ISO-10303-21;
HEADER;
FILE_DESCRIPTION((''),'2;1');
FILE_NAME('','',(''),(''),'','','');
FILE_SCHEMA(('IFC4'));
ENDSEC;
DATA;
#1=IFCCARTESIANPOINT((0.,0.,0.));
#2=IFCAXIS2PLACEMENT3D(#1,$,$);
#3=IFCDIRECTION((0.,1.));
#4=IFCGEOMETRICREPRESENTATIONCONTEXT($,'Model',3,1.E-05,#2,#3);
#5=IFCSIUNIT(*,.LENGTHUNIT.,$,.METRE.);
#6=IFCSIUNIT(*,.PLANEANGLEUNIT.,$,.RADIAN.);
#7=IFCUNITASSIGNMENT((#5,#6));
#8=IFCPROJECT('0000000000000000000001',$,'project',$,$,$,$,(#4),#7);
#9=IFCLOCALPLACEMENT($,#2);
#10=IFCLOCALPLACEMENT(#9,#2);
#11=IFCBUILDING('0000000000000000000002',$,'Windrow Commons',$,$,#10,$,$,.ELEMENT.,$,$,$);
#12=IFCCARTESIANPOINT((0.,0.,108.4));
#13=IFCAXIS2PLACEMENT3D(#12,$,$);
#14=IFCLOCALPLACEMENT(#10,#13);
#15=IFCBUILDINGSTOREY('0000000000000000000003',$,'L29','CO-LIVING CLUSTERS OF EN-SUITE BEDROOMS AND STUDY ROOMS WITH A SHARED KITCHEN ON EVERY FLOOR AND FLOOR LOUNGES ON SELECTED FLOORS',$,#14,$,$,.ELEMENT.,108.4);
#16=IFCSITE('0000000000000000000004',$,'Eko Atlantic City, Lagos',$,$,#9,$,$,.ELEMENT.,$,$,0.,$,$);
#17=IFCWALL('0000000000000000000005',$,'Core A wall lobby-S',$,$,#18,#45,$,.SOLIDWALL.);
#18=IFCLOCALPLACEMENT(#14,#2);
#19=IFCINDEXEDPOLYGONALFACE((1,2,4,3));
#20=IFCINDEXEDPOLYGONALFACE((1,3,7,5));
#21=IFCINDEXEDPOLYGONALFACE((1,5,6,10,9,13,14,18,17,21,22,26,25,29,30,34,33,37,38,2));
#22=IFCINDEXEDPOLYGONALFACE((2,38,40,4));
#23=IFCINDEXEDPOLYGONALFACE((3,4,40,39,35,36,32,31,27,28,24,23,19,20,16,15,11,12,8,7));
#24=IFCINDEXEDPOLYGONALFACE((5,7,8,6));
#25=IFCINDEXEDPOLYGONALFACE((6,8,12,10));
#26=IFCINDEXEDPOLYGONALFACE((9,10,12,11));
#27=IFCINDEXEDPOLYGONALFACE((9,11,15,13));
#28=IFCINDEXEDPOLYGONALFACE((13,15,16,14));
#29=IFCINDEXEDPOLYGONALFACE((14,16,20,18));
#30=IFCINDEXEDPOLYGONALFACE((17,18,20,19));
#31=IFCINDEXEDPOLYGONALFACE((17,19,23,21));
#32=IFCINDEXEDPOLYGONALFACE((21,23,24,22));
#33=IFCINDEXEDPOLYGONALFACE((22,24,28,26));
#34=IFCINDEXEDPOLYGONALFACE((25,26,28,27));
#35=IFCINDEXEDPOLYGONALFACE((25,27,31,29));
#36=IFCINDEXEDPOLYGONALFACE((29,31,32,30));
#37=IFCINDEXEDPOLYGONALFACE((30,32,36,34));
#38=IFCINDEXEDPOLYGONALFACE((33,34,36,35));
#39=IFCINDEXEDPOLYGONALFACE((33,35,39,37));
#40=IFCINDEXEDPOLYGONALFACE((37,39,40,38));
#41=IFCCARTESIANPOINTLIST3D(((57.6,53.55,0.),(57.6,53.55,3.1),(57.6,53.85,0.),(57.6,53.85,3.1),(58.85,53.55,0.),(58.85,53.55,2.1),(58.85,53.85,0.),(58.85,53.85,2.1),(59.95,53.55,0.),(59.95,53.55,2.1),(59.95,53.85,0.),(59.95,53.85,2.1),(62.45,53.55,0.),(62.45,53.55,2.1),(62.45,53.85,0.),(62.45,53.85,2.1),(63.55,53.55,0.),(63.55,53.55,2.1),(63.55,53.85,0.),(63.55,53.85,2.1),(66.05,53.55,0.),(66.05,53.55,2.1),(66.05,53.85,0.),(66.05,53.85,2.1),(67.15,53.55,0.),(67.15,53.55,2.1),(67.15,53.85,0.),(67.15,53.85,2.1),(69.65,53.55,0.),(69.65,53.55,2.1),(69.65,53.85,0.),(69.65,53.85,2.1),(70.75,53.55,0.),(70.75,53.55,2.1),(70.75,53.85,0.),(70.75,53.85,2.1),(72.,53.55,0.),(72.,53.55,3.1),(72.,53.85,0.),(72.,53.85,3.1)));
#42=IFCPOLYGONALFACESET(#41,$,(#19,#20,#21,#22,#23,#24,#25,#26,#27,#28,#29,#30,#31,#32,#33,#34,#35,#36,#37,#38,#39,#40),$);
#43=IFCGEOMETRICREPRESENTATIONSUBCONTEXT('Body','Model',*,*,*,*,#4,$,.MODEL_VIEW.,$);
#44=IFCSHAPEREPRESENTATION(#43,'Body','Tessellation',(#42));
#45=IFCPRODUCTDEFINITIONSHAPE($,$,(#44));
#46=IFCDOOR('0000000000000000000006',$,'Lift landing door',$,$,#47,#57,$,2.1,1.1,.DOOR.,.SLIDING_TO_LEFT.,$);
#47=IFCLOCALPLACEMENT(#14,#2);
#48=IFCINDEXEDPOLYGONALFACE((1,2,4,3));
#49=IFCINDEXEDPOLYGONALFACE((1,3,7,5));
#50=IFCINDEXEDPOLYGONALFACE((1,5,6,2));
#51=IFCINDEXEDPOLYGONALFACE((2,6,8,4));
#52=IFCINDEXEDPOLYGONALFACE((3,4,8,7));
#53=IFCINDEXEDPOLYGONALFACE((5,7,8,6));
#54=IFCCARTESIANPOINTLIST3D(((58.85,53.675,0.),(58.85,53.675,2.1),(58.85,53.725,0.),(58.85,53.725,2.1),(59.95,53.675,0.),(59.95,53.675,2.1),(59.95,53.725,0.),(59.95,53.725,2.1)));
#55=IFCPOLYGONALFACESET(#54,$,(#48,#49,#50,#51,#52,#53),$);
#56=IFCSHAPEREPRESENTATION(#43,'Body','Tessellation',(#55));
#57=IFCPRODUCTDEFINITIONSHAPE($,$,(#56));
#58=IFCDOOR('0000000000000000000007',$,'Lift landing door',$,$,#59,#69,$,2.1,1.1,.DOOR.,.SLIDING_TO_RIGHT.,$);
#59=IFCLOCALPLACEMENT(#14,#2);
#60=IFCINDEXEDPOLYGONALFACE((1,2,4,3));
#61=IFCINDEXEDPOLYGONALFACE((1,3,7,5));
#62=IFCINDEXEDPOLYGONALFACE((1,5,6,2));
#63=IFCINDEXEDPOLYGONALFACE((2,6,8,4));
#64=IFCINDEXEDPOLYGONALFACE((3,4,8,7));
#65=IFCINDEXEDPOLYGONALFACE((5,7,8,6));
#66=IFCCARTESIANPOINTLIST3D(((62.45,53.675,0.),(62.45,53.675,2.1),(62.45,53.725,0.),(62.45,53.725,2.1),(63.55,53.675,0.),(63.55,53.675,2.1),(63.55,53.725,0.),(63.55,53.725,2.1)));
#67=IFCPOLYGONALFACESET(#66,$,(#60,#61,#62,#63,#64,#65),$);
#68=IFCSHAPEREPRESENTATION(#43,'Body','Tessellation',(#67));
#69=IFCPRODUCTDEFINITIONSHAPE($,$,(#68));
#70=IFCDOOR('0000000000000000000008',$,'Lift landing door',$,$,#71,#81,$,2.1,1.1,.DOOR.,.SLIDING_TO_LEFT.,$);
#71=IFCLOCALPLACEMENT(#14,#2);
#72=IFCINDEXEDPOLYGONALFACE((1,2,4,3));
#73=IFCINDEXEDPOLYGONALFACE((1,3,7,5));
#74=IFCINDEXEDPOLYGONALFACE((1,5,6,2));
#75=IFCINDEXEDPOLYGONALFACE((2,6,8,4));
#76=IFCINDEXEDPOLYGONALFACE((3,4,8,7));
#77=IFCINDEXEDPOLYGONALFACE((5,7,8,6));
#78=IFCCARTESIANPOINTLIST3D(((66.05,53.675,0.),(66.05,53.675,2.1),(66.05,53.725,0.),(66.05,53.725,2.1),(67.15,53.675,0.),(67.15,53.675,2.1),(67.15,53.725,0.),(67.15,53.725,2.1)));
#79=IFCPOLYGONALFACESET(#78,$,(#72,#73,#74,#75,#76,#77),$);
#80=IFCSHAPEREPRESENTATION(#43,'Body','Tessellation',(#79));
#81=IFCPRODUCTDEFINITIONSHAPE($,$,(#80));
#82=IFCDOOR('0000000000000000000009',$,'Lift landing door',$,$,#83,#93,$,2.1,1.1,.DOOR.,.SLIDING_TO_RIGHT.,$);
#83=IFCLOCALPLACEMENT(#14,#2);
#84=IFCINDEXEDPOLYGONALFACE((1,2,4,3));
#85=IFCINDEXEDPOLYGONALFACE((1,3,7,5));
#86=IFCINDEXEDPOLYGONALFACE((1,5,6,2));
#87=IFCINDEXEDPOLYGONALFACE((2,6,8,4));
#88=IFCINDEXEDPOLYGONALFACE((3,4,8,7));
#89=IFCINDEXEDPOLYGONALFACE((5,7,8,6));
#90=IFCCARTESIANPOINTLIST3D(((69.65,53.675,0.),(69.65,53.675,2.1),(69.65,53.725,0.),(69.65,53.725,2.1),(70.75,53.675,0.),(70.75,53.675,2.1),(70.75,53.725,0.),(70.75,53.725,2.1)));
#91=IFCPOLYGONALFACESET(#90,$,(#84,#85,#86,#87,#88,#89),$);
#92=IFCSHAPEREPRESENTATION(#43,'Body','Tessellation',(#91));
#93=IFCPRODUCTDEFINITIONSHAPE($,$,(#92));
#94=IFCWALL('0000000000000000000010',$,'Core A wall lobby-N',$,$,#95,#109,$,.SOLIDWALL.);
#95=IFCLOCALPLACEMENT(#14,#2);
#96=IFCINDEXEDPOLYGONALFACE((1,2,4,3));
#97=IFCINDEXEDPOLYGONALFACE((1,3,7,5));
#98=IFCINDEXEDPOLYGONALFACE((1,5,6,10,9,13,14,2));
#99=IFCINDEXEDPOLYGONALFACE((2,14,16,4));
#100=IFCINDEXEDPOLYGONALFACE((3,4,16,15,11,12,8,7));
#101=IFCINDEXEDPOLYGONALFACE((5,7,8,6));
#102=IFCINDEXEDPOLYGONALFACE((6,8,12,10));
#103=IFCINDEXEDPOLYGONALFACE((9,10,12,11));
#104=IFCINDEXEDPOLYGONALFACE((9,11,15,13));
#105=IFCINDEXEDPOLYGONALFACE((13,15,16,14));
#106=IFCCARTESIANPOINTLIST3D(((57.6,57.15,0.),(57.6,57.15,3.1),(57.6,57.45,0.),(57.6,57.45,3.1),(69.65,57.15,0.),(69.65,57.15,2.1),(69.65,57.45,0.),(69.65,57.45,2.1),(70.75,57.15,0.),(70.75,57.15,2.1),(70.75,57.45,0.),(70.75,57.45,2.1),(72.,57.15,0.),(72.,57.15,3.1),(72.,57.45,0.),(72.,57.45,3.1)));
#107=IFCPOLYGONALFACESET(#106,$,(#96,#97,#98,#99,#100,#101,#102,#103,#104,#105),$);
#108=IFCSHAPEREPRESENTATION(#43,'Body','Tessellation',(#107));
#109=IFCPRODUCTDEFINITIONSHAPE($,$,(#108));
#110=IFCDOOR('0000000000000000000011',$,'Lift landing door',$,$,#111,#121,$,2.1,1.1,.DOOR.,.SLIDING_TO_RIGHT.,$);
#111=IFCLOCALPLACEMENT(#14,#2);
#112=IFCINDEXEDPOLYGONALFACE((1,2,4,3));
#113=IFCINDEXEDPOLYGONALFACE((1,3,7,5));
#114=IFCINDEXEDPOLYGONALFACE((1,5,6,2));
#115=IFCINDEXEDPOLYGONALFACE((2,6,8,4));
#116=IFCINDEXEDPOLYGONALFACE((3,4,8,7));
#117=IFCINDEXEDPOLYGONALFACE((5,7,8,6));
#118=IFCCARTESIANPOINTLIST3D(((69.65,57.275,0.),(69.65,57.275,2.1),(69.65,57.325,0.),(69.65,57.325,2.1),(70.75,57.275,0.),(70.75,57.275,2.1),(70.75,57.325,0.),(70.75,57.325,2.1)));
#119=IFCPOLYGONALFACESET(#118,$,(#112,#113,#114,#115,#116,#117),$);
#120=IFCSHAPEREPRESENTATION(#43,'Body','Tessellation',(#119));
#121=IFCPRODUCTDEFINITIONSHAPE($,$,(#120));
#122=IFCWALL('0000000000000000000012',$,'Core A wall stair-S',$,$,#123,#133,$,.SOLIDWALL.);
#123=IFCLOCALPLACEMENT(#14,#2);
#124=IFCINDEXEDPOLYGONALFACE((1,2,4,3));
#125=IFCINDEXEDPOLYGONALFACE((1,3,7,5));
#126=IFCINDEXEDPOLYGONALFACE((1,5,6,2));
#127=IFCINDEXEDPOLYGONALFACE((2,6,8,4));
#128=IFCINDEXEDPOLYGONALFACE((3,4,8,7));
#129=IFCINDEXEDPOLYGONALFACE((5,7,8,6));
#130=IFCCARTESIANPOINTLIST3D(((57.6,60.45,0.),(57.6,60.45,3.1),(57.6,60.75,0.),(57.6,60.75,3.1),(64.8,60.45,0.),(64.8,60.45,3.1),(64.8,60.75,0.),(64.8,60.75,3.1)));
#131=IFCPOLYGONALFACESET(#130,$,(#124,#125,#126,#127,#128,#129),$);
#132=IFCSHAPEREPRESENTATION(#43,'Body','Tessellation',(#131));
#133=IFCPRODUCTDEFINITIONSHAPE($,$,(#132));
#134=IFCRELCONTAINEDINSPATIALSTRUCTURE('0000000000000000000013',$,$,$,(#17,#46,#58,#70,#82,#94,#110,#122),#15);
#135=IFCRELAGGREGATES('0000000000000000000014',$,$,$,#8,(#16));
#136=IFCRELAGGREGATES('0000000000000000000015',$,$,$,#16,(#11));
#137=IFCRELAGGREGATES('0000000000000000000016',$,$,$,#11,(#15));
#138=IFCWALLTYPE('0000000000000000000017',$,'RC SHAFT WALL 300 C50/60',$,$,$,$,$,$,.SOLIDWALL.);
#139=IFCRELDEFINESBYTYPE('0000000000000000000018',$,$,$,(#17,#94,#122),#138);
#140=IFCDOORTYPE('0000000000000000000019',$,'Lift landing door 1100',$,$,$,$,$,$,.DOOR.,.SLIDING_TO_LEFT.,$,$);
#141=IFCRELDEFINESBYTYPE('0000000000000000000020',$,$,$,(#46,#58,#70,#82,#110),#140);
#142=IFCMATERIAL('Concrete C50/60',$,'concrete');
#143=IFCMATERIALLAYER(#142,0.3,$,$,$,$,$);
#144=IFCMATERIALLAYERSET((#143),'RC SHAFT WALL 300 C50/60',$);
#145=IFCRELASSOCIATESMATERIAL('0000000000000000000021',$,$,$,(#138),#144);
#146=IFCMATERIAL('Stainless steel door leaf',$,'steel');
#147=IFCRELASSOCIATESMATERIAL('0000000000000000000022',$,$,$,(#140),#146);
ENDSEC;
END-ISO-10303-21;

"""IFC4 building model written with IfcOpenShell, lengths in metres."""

from ifc_helpers import new_model, si_unit, direction, frame, frame_2d, origin, place, context, subcontext, project, spatial, rectangle, extrude, material, layer, layer_set, type_object, element, fill, save


model = new_model("IFC4")

# Units and contexts
model_context = context("Model", 3, precision=1e-05, world=origin(), true_north=direction((0.0, 1.0)))
body_context = subcontext(model_context, "Body", "Model", "MODEL_VIEW")
ifc_project = project(units=[si_unit("LENGTHUNIT", "METRE"), si_unit("PLANEANGLEUNIT", "RADIAN")], contexts=[model_context])

# Site, building, storey
site_placement = place(None, origin())
site = spatial("IfcSite", under=ifc_project, at=site_placement, Name="Eko Atlantic City, Lagos", CompositionType="ELEMENT", RefElevation=0.0)
building_placement = place(site_placement, origin())
building = spatial("IfcBuilding", under=site, at=building_placement, Name="Windrow Commons", CompositionType="ELEMENT")
storey_placement = place(building_placement, frame((0.0, 0.0, 108.4)))
storey = spatial("IfcBuildingStorey", under=building, at=storey_placement, Name="L29", Description="CO-LIVING CLUSTERS OF EN-SUITE BEDROOMS AND STUDY ROOMS WITH A SHARED KITCHEN ON EVERY FLOOR AND FLOOR LOUNGES ON SELECTED FLOORS", CompositionType="ELEMENT", Elevation=108.4)

# Wall, openings, doors
ifc_material_1 = material(Name="Concrete C50/60", Category="concrete")
ifc_layer_1 = layer(ifc_material_1, 0.3)
ifc_layer_set_1 = layer_set([ifc_layer_1], Name="RC SHAFT WALL 300 C50/60")
wall_type_1 = type_object("IfcWallType", Name="RC SHAFT WALL 300 C50/60", PredefinedType="SOLIDWALL", material=ifc_layer_set_1)
wall_1_placement = place(storey_placement, frame((57.6, 53.7, 0.0), z_axis=(0.0, 0.0, 1.0), x_axis=(1.0, 0.0, 0.0)))
wall_1 = element("IfcWall", 1, at=wall_1_placement, inside=storey, type_object=wall_type_1, Name="Core A wall lobby-S", PredefinedType="SOLIDWALL", context=body_context, shape_type="SweptSolid", body=[
    extrude(rectangle(XDim=14.4, YDim=0.3, at=frame_2d((7.2, 0.0))), origin(), (0.0, 0.0, 1.0), 3.1),
])
opening_1_placement = place(wall_1_placement, frame((1.25, 0.0, 0.0)))
opening_1 = element("IfcOpeningElement", 2, at=opening_1_placement, cuts=wall_1, PredefinedType="OPENING", context=body_context, shape_type="SweptSolid", body=[
    extrude(rectangle(XDim=1.1, YDim=2.1, at=frame_2d((0.55, 1.05))), frame((0.0, 0.16, 0.0), z_axis=(0.0, -1.0, 0.0), x_axis=(1.0, 0.0, 0.0)), (0.0, 0.0, 1.0), 0.32),
])
opening_2_placement = place(wall_1_placement, frame((4.85, 0.0, 0.0)))
opening_2 = element("IfcOpeningElement", 3, at=opening_2_placement, cuts=wall_1, PredefinedType="OPENING", context=body_context, shape_type="SweptSolid", body=[
    extrude(rectangle(XDim=1.1, YDim=2.1, at=frame_2d((0.55, 1.05))), frame((0.0, 0.16, 0.0), z_axis=(0.0, -1.0, 0.0), x_axis=(1.0, 0.0, 0.0)), (0.0, 0.0, 1.0), 0.32),
])
opening_3_placement = place(wall_1_placement, frame((8.45, 0.0, 0.0)))
opening_3 = element("IfcOpeningElement", 4, at=opening_3_placement, cuts=wall_1, PredefinedType="OPENING", context=body_context, shape_type="SweptSolid", body=[
    extrude(rectangle(XDim=1.1, YDim=2.1, at=frame_2d((0.55, 1.05))), frame((0.0, 0.16, 0.0), z_axis=(0.0, -1.0, 0.0), x_axis=(1.0, 0.0, 0.0)), (0.0, 0.0, 1.0), 0.32),
])
opening_4_placement = place(wall_1_placement, frame((12.05, 0.0, 0.0)))
opening_4 = element("IfcOpeningElement", 5, at=opening_4_placement, cuts=wall_1, PredefinedType="OPENING", context=body_context, shape_type="SweptSolid", body=[
    extrude(rectangle(XDim=1.1, YDim=2.1, at=frame_2d((0.55, 1.05))), frame((0.0, 0.16, 0.0), z_axis=(0.0, -1.0, 0.0), x_axis=(1.0, 0.0, 0.0)), (0.0, 0.0, 1.0), 0.32),
])
ifc_material_2 = material(Name="Stainless steel door leaf", Category="steel")
door_type_1 = type_object("IfcDoorType", Name="Lift landing door 1100", OperationType="SLIDING_TO_LEFT", PredefinedType="DOOR", material=ifc_material_2)
door_1_placement = place(opening_1_placement, origin())
door_1 = element("IfcDoor", 6, at=door_1_placement, inside=storey, type_object=door_type_1, Name="Lift landing door", OperationType="SLIDING_TO_LEFT", OverallHeight=2.1, OverallWidth=1.1, PredefinedType="DOOR", context=body_context, shape_type="SweptSolid", body=[
    extrude(rectangle(XDim=1.1, YDim=2.1, at=frame_2d((0.55, 1.05))), frame((0.0, 0.025, 0.0), z_axis=(0.0, -1.0, 0.0), x_axis=(1.0, 0.0, 0.0)), (0.0, 0.0, 1.0), 0.05),
])
fill(opening_1, door_1)
door_2_placement = place(opening_2_placement, origin())
door_2 = element("IfcDoor", 7, at=door_2_placement, inside=storey, type_object=door_type_1, Name="Lift landing door", OperationType="SLIDING_TO_RIGHT", OverallHeight=2.1, OverallWidth=1.1, PredefinedType="DOOR", context=body_context, shape_type="SweptSolid", body=[
    extrude(rectangle(XDim=1.1, YDim=2.1, at=frame_2d((0.55, 1.05))), frame((0.0, 0.025, 0.0), z_axis=(0.0, -1.0, 0.0), x_axis=(1.0, 0.0, 0.0)), (0.0, 0.0, 1.0), 0.05),
])
fill(opening_2, door_2)
door_3_placement = place(opening_3_placement, origin())
door_3 = element("IfcDoor", 8, at=door_3_placement, inside=storey, type_object=door_type_1, Name="Lift landing door", OperationType="SLIDING_TO_LEFT", OverallHeight=2.1, OverallWidth=1.1, PredefinedType="DOOR", context=body_context, shape_type="SweptSolid", body=[
    extrude(rectangle(XDim=1.1, YDim=2.1, at=frame_2d((0.55, 1.05))), frame((0.0, 0.025, 0.0), z_axis=(0.0, -1.0, 0.0), x_axis=(1.0, 0.0, 0.0)), (0.0, 0.0, 1.0), 0.05),
])
fill(opening_3, door_3)
door_4_placement = place(opening_4_placement, origin())
door_4 = element("IfcDoor", 9, at=door_4_placement, inside=storey, type_object=door_type_1, Name="Lift landing door", OperationType="SLIDING_TO_RIGHT", OverallHeight=2.1, OverallWidth=1.1, PredefinedType="DOOR", context=body_context, shape_type="SweptSolid", body=[
    extrude(rectangle(XDim=1.1, YDim=2.1, at=frame_2d((0.55, 1.05))), frame((0.0, 0.025, 0.0), z_axis=(0.0, -1.0, 0.0), x_axis=(1.0, 0.0, 0.0)), (0.0, 0.0, 1.0), 0.05),
])
fill(opening_4, door_4)

# Wall, opening, door
wall_2_placement = place(storey_placement, frame((57.6, 57.3, 0.0), z_axis=(0.0, 0.0, 1.0), x_axis=(1.0, 0.0, 0.0)))
wall_2 = element("IfcWall", 10, at=wall_2_placement, inside=storey, type_object=wall_type_1, Name="Core A wall lobby-N", PredefinedType="SOLIDWALL", context=body_context, shape_type="SweptSolid", body=[
    extrude(rectangle(XDim=14.4, YDim=0.3, at=frame_2d((7.2, 0.0))), origin(), (0.0, 0.0, 1.0), 3.1),
])
opening_5_placement = place(wall_2_placement, frame((12.05, 0.0, 0.0)))
opening_5 = element("IfcOpeningElement", 11, at=opening_5_placement, cuts=wall_2, PredefinedType="OPENING", context=body_context, shape_type="SweptSolid", body=[
    extrude(rectangle(XDim=1.1, YDim=2.1, at=frame_2d((0.55, 1.05))), frame((0.0, 0.16, 0.0), z_axis=(0.0, -1.0, 0.0), x_axis=(1.0, 0.0, 0.0)), (0.0, 0.0, 1.0), 0.32),
])
door_5_placement = place(opening_5_placement, origin())
door_5 = element("IfcDoor", 12, at=door_5_placement, inside=storey, type_object=door_type_1, Name="Lift landing door", OperationType="SLIDING_TO_RIGHT", OverallHeight=2.1, OverallWidth=1.1, PredefinedType="DOOR", context=body_context, shape_type="SweptSolid", body=[
    extrude(rectangle(XDim=1.1, YDim=2.1, at=frame_2d((0.55, 1.05))), frame((0.0, 0.025, 0.0), z_axis=(0.0, -1.0, 0.0), x_axis=(1.0, 0.0, 0.0)), (0.0, 0.0, 1.0), 0.05),
])
fill(opening_5, door_5)

# Wall
wall_3_placement = place(storey_placement, frame((57.6, 60.6, 0.0), z_axis=(0.0, 0.0, 1.0), x_axis=(1.0, 0.0, 0.0)))
element("IfcWall", 13, at=wall_3_placement, inside=storey, type_object=wall_type_1, Name="Core A wall stair-S", PredefinedType="SOLIDWALL", context=body_context, shape_type="SweptSolid", body=[
    extrude(rectangle(XDim=7.2, YDim=0.3, at=frame_2d((3.6, 0.0))), origin(), (0.0, 0.0, 1.0), 3.1),
])

save(model, "model.ifc")
